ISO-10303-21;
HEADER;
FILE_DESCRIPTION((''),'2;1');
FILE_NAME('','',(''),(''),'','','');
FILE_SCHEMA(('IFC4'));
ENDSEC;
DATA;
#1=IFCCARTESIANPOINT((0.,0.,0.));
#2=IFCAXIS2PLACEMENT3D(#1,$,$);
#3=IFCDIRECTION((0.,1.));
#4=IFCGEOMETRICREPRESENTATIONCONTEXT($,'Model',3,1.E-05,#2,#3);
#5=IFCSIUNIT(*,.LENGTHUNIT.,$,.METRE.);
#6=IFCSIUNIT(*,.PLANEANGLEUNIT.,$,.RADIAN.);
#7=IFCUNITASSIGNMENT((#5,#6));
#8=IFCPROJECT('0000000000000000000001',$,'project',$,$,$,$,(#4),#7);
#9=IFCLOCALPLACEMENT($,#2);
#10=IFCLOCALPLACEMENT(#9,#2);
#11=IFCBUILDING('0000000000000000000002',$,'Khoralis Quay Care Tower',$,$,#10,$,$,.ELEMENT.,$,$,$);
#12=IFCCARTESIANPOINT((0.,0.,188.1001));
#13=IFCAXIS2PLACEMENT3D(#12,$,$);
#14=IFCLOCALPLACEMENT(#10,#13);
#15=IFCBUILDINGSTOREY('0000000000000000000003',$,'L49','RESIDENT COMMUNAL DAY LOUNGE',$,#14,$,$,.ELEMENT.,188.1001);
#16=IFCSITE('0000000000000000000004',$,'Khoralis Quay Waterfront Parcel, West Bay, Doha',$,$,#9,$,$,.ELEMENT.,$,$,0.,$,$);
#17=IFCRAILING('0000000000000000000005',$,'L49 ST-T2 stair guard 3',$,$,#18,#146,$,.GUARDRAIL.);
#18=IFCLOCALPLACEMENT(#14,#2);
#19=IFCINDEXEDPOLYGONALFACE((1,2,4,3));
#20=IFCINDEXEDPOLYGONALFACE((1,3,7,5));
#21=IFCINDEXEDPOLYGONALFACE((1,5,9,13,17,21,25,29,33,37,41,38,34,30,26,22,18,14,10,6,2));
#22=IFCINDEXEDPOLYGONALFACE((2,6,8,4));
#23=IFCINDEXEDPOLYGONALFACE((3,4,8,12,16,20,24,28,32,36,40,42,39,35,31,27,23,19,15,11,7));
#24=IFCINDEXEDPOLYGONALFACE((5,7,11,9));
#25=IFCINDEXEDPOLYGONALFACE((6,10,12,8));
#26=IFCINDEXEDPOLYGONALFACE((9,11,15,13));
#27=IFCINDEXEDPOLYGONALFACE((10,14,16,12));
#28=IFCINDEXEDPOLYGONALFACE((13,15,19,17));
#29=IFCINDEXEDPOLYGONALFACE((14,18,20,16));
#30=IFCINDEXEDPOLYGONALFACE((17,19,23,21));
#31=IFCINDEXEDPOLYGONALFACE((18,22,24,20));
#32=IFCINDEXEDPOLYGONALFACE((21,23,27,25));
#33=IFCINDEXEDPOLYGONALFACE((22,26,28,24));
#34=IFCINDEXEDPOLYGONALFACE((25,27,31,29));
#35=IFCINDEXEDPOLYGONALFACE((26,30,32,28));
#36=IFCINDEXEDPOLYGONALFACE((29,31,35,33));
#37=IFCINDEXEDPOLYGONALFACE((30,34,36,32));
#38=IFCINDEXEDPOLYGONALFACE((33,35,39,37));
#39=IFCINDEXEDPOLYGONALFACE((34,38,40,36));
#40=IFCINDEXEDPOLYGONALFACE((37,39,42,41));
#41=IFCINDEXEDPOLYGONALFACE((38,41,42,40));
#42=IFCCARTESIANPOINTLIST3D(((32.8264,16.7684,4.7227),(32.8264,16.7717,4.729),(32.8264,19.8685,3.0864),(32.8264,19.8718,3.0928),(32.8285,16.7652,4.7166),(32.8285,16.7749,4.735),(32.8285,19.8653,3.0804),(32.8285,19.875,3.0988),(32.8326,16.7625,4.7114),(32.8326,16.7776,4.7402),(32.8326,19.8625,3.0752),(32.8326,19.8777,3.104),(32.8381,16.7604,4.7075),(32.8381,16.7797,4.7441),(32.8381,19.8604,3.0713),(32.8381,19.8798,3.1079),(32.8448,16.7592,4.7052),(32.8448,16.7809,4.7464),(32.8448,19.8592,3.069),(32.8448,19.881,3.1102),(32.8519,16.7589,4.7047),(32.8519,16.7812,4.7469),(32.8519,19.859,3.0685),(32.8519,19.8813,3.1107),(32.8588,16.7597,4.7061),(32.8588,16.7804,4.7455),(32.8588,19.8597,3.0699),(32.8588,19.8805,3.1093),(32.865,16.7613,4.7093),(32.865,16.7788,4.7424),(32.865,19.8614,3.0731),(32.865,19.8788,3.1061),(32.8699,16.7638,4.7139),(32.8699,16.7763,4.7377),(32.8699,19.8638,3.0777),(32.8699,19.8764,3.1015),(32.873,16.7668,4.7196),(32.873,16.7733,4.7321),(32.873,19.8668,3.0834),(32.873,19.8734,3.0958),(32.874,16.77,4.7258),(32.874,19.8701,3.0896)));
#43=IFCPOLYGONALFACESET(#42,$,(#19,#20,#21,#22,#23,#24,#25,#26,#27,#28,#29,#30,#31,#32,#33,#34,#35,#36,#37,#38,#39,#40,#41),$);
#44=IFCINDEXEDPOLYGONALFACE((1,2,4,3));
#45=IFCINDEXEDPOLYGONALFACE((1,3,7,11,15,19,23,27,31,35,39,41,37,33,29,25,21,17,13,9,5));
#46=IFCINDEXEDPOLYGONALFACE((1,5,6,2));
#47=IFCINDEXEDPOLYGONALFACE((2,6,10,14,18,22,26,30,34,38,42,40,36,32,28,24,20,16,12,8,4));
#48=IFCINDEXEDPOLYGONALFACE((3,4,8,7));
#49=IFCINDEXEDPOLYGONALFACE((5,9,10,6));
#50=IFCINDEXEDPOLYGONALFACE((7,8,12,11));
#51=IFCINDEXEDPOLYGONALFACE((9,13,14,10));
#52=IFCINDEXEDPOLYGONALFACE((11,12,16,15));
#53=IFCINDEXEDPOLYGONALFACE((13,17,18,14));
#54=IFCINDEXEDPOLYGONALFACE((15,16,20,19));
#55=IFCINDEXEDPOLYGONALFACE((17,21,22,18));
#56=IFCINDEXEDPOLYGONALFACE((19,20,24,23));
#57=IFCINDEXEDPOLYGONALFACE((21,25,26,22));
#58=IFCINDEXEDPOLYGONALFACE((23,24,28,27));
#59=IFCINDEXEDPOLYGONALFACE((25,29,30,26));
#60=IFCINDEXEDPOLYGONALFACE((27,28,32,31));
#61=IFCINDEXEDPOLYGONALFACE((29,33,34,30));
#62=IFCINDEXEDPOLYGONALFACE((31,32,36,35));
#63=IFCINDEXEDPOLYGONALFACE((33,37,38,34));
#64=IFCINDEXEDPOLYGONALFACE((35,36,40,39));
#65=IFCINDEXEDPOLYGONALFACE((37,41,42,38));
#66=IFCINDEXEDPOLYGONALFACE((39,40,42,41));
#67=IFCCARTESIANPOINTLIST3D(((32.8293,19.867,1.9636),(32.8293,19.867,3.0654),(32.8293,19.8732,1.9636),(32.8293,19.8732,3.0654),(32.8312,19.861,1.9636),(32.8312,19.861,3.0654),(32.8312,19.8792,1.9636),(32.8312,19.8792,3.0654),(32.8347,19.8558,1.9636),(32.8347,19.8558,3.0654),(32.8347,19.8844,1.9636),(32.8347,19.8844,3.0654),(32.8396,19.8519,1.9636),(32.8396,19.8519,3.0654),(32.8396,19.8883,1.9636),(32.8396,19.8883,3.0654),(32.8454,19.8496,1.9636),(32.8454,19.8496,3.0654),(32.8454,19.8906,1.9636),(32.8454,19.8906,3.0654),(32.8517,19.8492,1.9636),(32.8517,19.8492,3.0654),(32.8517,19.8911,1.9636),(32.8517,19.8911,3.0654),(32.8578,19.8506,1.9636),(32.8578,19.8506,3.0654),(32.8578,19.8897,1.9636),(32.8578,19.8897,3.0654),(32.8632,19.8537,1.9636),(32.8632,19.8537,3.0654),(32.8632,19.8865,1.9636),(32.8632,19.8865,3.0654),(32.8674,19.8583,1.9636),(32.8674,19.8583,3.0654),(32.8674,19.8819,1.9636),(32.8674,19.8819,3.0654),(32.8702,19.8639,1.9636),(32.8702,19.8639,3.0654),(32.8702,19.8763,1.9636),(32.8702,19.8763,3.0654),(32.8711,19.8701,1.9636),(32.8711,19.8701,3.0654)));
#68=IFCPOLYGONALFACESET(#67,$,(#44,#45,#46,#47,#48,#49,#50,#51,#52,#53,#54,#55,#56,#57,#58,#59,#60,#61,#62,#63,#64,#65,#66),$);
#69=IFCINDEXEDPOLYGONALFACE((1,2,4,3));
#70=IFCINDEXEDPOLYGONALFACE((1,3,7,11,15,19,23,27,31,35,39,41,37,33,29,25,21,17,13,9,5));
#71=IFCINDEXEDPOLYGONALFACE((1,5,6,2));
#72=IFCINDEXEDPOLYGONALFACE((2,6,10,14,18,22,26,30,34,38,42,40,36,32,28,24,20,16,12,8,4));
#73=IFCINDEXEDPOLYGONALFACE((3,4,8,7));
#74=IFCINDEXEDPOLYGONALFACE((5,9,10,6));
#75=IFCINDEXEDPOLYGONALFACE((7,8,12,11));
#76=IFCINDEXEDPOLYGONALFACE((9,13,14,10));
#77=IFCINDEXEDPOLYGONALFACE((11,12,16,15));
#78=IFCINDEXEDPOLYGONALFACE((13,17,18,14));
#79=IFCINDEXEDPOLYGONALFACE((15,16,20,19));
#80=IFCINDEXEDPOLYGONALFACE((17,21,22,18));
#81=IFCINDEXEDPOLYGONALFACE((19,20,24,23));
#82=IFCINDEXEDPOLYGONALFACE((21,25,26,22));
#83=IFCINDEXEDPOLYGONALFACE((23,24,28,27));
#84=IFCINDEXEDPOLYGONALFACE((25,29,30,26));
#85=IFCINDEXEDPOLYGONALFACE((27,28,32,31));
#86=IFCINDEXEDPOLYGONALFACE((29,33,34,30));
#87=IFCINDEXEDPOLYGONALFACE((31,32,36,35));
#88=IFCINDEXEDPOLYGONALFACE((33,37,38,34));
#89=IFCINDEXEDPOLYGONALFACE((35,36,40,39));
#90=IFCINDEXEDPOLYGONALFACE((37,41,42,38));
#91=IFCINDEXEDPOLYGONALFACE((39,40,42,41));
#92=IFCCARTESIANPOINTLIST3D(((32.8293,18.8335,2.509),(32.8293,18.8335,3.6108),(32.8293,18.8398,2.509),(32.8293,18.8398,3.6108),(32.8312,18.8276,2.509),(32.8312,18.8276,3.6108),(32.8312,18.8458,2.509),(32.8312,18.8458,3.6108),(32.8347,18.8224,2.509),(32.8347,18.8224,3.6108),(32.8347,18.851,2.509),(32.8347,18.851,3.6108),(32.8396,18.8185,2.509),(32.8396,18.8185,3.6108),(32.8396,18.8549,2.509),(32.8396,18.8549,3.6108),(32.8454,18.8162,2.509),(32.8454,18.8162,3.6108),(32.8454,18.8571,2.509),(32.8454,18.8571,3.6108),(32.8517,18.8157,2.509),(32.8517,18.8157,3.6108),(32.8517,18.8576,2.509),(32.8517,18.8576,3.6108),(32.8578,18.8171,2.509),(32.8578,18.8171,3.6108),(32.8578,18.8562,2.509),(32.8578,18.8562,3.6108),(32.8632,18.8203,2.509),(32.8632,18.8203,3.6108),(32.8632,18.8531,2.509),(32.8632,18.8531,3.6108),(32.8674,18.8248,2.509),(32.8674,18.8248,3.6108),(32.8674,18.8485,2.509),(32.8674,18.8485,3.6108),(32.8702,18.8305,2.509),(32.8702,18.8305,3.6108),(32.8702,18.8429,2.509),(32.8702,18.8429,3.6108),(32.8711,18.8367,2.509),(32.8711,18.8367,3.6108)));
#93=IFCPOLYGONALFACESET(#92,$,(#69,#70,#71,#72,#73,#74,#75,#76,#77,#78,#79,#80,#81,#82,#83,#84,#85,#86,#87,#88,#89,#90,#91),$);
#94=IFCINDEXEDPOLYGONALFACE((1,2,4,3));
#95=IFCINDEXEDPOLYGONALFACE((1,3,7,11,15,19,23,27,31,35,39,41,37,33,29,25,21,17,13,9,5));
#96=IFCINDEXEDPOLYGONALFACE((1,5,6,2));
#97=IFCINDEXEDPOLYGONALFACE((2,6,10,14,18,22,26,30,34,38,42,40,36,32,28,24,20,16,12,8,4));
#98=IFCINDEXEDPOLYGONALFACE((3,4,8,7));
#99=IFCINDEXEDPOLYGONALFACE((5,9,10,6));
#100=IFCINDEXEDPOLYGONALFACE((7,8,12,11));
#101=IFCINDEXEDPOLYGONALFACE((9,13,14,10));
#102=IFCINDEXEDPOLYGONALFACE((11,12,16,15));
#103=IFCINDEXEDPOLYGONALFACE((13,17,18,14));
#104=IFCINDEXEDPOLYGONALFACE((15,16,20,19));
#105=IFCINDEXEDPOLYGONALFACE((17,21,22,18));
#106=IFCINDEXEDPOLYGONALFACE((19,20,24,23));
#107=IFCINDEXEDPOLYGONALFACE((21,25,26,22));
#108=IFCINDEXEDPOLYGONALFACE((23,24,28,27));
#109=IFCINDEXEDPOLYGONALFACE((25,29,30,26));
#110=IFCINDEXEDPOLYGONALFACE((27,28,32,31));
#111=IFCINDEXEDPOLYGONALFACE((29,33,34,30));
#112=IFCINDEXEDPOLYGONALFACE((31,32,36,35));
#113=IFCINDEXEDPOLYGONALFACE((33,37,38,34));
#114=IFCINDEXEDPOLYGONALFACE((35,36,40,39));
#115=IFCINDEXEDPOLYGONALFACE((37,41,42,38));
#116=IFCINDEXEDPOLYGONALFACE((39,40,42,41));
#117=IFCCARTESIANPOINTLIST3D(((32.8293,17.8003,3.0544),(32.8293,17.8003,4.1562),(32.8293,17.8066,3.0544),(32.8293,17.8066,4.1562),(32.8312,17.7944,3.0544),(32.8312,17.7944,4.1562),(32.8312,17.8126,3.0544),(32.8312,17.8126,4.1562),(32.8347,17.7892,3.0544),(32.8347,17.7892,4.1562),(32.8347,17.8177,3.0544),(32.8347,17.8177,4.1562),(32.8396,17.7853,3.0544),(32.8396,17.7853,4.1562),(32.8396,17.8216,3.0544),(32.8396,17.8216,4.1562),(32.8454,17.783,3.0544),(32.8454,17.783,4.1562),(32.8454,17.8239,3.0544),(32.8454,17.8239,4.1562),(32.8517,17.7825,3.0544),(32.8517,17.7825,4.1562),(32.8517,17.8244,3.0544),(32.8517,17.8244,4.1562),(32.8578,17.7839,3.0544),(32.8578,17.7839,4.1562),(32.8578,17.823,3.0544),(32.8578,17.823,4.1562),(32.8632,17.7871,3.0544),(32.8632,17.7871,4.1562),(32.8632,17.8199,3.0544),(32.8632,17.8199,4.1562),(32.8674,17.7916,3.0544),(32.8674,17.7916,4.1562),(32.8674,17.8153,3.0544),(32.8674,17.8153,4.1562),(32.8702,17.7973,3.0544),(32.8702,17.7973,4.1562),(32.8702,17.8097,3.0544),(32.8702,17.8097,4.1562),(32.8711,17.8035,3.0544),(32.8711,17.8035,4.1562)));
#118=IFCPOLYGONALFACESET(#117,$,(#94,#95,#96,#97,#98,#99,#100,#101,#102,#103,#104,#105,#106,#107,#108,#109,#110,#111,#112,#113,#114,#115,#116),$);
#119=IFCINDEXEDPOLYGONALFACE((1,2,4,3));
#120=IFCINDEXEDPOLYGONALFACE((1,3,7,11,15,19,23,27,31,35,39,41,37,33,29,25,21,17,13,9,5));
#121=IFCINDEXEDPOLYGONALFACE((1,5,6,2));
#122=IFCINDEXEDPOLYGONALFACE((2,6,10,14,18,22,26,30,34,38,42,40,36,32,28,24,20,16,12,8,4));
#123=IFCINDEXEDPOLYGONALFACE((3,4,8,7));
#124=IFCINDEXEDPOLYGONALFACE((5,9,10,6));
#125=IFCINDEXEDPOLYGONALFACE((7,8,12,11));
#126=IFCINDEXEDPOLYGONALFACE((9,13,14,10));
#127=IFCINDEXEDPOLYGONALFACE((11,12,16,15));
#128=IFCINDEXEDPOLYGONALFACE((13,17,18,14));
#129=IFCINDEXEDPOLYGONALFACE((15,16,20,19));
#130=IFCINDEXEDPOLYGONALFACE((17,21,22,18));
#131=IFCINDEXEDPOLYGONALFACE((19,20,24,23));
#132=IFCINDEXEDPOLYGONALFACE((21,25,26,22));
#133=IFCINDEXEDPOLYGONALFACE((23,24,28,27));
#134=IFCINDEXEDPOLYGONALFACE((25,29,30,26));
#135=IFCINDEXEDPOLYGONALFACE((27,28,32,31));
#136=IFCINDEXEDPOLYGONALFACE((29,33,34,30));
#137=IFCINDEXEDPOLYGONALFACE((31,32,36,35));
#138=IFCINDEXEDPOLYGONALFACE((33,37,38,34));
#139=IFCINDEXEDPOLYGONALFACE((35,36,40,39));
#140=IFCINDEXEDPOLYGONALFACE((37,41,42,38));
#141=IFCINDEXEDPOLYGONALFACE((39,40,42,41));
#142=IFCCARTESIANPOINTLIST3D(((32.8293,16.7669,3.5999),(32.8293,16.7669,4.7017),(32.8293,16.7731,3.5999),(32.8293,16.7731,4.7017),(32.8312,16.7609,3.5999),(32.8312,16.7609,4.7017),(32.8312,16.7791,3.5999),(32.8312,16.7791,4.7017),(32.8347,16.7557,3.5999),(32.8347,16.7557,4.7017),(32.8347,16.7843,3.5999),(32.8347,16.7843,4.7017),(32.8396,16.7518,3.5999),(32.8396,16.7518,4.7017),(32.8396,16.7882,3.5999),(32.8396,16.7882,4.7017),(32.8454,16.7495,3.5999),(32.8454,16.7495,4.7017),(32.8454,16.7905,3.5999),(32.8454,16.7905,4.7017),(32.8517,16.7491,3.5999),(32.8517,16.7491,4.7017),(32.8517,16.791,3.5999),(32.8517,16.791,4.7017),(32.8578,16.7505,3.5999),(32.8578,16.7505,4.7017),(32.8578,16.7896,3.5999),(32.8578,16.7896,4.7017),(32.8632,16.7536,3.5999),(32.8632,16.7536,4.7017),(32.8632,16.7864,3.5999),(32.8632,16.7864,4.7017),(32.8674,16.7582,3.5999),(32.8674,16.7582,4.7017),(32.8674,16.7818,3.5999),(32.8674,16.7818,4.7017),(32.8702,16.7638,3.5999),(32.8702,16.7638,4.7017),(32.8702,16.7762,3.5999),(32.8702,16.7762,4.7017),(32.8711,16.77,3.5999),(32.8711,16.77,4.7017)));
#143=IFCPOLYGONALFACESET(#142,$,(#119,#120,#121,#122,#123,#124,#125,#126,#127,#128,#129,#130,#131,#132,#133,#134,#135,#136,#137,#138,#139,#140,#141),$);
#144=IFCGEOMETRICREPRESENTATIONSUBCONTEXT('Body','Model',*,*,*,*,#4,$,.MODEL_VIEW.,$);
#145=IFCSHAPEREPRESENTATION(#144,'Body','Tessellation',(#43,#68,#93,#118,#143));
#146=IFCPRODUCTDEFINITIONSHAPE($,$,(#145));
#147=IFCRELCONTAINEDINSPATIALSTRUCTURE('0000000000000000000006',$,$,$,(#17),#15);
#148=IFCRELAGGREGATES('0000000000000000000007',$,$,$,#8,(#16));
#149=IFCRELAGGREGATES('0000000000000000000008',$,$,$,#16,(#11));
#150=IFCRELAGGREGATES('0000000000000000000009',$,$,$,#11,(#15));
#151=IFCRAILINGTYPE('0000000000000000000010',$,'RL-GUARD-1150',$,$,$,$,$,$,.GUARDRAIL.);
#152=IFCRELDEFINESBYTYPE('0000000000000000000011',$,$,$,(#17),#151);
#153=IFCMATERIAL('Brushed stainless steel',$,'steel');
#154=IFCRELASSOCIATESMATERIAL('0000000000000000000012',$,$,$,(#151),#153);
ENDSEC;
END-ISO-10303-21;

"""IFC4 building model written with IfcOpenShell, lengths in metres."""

from ifc_helpers import new_model, si_unit, direction, frame, origin, origin_2d, place, context, subcontext, project, spatial, circle, extrude, material, type_object, element, save


model = new_model("IFC4")

# Units and contexts
model_context = context("Model", 3, precision=1e-05, world=origin(), true_north=direction((0.0, 1.0)))
body_context = subcontext(model_context, "Body", "Model", "MODEL_VIEW")
ifc_project = project(units=[si_unit("LENGTHUNIT", "METRE"), si_unit("PLANEANGLEUNIT", "RADIAN")], contexts=[model_context])

# Site, building, storey
site_placement = place(None, origin())
site = spatial("IfcSite", under=ifc_project, at=site_placement, Name="Khoralis Quay Waterfront Parcel, West Bay, Doha", CompositionType="ELEMENT", RefElevation=0.0)
building_placement = place(site_placement, origin())
building = spatial("IfcBuilding", under=site, at=building_placement, Name="Khoralis Quay Care Tower", CompositionType="ELEMENT")
storey_placement = place(building_placement, frame((0.0, 0.0, 188.1001)))
storey = spatial("IfcBuildingStorey", under=building, at=storey_placement, Name="L49", Description="RESIDENT COMMUNAL DAY LOUNGE", CompositionType="ELEMENT", Elevation=188.1001)

# Shared definitions
ifc_material_1 = material(Name="Brushed stainless steel", Category="steel")

# Railing
railing_type_1 = type_object("IfcRailingType", Name="RL-GUARD-1150", PredefinedType="GUARDRAIL", material=ifc_material_1)
railing_1_placement = place(storey_placement, frame((32.8501, 19.8701, 1.9636)))
element("IfcRailing", 1, at=railing_1_placement, inside=storey, type_object=railing_type_1, Name="L49 ST-T2 stair guard 3", PredefinedType="GUARDRAIL", context=body_context, shape_type="SweptSolid", body=[
    extrude(circle(Radius=0.0239, at=origin_2d()), frame((0.0, 0.0, 1.126), z_axis=(0.0, -0.884377, 0.466774), x_axis=(1.0, 0.0, 0.0)), (0.0, 0.0, 1.0), 3.5054),
    extrude(circle(Radius=0.021, at=origin_2d()), origin(), (0.0, 0.0, 1.0), 1.1018),
    extrude(circle(Radius=0.021, at=origin_2d()), frame((0.0, -1.0334, 0.5454)), (0.0, 0.0, 1.0), 1.1018),
    extrude(circle(Radius=0.021, at=origin_2d()), frame((0.0, -2.0667, 1.0908)), (0.0, 0.0, 1.0), 1.1018),
    extrude(circle(Radius=0.021, at=origin_2d()), frame((0.0, -3.1001, 1.6362)), (0.0, 0.0, 1.0), 1.1018),
])

save(model, "model.ifc")
